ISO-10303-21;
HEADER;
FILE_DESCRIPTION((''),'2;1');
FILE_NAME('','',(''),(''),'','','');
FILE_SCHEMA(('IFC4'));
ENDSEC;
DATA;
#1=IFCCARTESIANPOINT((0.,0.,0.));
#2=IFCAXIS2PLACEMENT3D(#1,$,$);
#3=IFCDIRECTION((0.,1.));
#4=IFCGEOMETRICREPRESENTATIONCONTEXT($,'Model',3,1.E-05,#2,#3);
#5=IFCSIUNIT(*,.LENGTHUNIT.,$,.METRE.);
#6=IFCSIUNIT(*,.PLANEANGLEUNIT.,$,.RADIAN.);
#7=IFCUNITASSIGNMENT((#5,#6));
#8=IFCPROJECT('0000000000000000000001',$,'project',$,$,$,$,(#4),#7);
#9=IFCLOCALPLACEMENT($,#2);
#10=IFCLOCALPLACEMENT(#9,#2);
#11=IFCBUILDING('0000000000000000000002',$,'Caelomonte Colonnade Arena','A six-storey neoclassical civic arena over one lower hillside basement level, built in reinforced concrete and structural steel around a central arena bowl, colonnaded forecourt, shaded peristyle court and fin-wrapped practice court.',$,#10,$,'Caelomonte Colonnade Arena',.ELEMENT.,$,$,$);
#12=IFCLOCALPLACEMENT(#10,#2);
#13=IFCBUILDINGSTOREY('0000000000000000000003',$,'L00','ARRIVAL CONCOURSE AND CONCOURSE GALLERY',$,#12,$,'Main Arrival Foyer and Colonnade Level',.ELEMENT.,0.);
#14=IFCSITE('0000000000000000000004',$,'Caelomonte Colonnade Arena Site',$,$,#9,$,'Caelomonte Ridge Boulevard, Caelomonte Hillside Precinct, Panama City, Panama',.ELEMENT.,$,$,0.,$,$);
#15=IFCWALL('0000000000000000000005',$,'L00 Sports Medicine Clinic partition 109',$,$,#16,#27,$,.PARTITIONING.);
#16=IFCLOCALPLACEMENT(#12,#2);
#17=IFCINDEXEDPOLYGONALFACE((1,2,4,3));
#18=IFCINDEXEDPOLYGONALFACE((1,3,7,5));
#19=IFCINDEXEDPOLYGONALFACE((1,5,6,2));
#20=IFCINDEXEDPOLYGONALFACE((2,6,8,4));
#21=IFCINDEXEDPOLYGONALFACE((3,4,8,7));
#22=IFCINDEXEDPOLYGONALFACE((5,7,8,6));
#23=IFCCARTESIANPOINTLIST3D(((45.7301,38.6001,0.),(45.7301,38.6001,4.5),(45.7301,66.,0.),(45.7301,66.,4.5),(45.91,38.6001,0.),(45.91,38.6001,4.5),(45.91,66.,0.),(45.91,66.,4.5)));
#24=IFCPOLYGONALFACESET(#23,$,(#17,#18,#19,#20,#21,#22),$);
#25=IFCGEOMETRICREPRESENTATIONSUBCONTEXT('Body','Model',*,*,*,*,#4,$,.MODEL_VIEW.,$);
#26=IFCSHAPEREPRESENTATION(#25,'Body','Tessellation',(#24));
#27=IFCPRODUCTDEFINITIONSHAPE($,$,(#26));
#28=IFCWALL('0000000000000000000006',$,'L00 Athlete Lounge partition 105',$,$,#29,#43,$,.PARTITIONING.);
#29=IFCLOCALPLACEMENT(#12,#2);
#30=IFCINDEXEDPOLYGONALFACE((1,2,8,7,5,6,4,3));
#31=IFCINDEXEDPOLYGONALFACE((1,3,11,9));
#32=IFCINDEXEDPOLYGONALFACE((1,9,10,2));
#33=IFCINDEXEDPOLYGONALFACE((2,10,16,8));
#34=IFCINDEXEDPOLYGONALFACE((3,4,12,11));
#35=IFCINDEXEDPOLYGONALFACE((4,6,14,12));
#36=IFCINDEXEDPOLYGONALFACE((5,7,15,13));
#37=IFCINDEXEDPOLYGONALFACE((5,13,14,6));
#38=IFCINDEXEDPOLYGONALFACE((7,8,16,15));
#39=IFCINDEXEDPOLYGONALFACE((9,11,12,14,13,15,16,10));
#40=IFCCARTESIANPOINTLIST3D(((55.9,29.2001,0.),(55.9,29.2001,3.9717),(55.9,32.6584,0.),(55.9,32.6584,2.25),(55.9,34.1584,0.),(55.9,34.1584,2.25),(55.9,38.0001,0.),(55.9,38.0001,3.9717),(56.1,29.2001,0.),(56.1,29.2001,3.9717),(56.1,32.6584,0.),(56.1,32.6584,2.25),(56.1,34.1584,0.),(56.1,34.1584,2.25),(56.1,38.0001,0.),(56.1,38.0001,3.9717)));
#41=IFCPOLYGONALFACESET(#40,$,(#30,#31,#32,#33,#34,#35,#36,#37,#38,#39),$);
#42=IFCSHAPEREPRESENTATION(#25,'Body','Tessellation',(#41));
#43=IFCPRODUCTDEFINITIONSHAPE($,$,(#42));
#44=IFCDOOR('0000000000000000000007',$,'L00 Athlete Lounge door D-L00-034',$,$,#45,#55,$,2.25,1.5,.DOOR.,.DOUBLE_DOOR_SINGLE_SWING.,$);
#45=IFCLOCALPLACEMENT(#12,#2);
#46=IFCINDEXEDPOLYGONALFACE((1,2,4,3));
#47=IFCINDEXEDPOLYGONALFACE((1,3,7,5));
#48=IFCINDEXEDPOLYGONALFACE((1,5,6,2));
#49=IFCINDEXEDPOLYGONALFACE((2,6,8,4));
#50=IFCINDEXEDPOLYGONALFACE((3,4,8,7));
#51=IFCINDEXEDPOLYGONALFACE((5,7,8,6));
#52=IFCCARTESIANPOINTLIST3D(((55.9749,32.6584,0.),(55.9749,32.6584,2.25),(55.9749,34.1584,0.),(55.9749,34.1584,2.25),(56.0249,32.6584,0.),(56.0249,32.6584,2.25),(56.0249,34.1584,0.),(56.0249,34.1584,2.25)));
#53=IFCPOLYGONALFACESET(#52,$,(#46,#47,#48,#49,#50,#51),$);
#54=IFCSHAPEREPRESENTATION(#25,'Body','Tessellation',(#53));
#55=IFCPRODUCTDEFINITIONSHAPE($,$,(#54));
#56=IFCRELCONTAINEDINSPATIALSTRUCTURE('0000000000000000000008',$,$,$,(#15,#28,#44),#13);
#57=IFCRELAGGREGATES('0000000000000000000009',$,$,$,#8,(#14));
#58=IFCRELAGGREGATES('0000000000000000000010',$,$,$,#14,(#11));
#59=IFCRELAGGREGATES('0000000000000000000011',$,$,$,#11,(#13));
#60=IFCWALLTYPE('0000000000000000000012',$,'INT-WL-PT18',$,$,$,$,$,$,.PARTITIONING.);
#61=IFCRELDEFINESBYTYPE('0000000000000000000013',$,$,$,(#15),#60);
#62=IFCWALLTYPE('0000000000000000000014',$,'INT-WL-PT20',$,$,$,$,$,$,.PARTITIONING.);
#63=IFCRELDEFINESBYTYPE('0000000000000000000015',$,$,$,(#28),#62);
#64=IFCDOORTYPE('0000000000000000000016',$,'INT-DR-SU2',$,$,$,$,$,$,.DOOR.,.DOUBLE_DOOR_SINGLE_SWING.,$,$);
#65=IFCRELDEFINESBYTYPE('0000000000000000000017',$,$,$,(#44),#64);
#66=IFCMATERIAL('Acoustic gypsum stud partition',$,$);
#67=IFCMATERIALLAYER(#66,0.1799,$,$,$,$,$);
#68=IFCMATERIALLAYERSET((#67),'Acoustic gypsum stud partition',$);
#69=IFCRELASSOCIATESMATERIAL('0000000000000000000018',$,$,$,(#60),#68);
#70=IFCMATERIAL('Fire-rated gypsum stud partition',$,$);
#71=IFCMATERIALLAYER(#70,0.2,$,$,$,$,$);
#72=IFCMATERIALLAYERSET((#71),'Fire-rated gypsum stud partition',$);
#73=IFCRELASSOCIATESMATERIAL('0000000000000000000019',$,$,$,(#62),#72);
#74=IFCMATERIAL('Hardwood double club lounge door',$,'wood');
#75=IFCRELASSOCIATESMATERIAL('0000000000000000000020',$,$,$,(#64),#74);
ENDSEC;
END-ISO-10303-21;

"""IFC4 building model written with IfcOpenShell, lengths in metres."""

from ifc_helpers import new_model, si_unit, direction, frame, frame_2d, origin, place, context, subcontext, project, spatial, rectangle, extrude, material, layer, layer_set, type_object, element, fill, save


model = new_model("IFC4")

# Units and contexts
model_context = context("Model", 3, precision=1e-05, world=origin(), true_north=direction((0.0, 1.0)))
body_context = subcontext(model_context, "Body", "Model", "MODEL_VIEW")
ifc_project = project(units=[si_unit("LENGTHUNIT", "METRE"), si_unit("PLANEANGLEUNIT", "RADIAN")], contexts=[model_context])

# Site, building, storey
site_placement = place(None, origin())
site = spatial("IfcSite", under=ifc_project, at=site_placement, Name="Caelomonte Colonnade Arena Site", LongName="Caelomonte Ridge Boulevard, Caelomonte Hillside Precinct, Panama City, Panama", CompositionType="ELEMENT", RefElevation=0.0)
building_placement = place(site_placement, origin())
building = spatial("IfcBuilding", under=site, at=building_placement, Name="Caelomonte Colonnade Arena", Description="A six-storey neoclassical civic arena over one lower hillside basement level, built in reinforced concrete and structural steel around a central arena bowl, colonnaded forecourt, shaded peristyle court and fin-wrapped practice court.", LongName="Caelomonte Colonnade Arena", CompositionType="ELEMENT")
storey_placement = place(building_placement, origin())
storey = spatial("IfcBuildingStorey", under=building, at=storey_placement, Name="L00", Description="ARRIVAL CONCOURSE AND CONCOURSE GALLERY", LongName="Main Arrival Foyer and Colonnade Level", CompositionType="ELEMENT", Elevation=0.0)

# Wall
ifc_material_1 = material(Name="Acoustic gypsum stud partition")
ifc_layer_1 = layer(ifc_material_1, 0.1799)
ifc_layer_set_1 = layer_set([ifc_layer_1], Name="Acoustic gypsum stud partition")
wall_type_1 = type_object("IfcWallType", Name="INT-WL-PT18", PredefinedType="PARTITIONING", material=ifc_layer_set_1)
wall_1_placement = place(storey_placement, frame((45.8201, 38.6001, 0.0), z_axis=(0.0, 0.0, 1.0), x_axis=(0.0, 1.0, 0.0)))
element("IfcWall", 1, at=wall_1_placement, inside=storey, type_object=wall_type_1, Name="L00 Sports Medicine Clinic partition 109", PredefinedType="PARTITIONING", context=body_context, shape_type="SweptSolid", body=[
    extrude(rectangle(XDim=27.3999, YDim=0.1799, at=frame_2d((13.7, 0.0))), origin(), (0.0, 0.0, 1.0), 4.5),
])

# Wall, opening, door
ifc_material_2 = material(Name="Fire-rated gypsum stud partition")
ifc_layer_2 = layer(ifc_material_2, 0.2)
ifc_layer_set_2 = layer_set([ifc_layer_2], Name="Fire-rated gypsum stud partition")
wall_type_2 = type_object("IfcWallType", Name="INT-WL-PT20", PredefinedType="PARTITIONING", material=ifc_layer_set_2)
wall_2_placement = place(storey_placement, frame((56.0, 38.0, 0.0), z_axis=(0.0, 0.0, 1.0), x_axis=(0.0, -1.0, 0.0)))
wall_2 = element("IfcWall", 2, at=wall_2_placement, inside=storey, type_object=wall_type_2, Name="L00 Athlete Lounge partition 105", PredefinedType="PARTITIONING", context=body_context, shape_type="SweptSolid", body=[
    extrude(rectangle(XDim=8.8, YDim=0.2, at=frame_2d((4.3999, 0.0))), origin(), (0.0, 0.0, 1.0), 3.9717),
])
opening_1_placement = place(wall_2_placement, frame((3.8416, 0.0, 0.0), z_axis=(0.0, 0.0, 1.0), x_axis=(1.0, 0.0, 0.0)))
opening_1 = element("IfcOpeningElement", 3, at=opening_1_placement, cuts=wall_2, PredefinedType="OPENING", context=body_context, shape_type="SweptSolid", body=[
    extrude(rectangle(XDim=1.5, YDim=2.25, at=frame_2d((0.75, 1.125))), frame((0.0, 0.1099, 0.0), z_axis=(0.0, -1.0, 0.0), x_axis=(1.0, 0.0, 0.0)), (0.0, 0.0, 1.0), 0.22),
])
ifc_material_3 = material(Name="Hardwood double club lounge door", Category="wood")
door_type_1 = type_object("IfcDoorType", Name="INT-DR-SU2", OperationType="DOUBLE_DOOR_SINGLE_SWING", PredefinedType="DOOR", material=ifc_material_3)
door_1_placement = place(opening_1_placement, origin())
door_1 = element("IfcDoor", 4, at=door_1_placement, inside=storey, type_object=door_type_1, Name="L00 Athlete Lounge door D-L00-034", OperationType="DOUBLE_DOOR_SINGLE_SWING", OverallHeight=2.25, OverallWidth=1.5, PredefinedType="DOOR", context=body_context, shape_type="SweptSolid", body=[
    extrude(rectangle(XDim=1.5, YDim=2.25, at=frame_2d((0.75, 1.125))), frame((0.0, 0.0249, 0.0), z_axis=(0.0, -1.0, 0.0), x_axis=(1.0, 0.0, 0.0)), (0.0, 0.0, 1.0), 0.05),
])
fill(opening_1, door_1)

save(model, "model.ifc")
